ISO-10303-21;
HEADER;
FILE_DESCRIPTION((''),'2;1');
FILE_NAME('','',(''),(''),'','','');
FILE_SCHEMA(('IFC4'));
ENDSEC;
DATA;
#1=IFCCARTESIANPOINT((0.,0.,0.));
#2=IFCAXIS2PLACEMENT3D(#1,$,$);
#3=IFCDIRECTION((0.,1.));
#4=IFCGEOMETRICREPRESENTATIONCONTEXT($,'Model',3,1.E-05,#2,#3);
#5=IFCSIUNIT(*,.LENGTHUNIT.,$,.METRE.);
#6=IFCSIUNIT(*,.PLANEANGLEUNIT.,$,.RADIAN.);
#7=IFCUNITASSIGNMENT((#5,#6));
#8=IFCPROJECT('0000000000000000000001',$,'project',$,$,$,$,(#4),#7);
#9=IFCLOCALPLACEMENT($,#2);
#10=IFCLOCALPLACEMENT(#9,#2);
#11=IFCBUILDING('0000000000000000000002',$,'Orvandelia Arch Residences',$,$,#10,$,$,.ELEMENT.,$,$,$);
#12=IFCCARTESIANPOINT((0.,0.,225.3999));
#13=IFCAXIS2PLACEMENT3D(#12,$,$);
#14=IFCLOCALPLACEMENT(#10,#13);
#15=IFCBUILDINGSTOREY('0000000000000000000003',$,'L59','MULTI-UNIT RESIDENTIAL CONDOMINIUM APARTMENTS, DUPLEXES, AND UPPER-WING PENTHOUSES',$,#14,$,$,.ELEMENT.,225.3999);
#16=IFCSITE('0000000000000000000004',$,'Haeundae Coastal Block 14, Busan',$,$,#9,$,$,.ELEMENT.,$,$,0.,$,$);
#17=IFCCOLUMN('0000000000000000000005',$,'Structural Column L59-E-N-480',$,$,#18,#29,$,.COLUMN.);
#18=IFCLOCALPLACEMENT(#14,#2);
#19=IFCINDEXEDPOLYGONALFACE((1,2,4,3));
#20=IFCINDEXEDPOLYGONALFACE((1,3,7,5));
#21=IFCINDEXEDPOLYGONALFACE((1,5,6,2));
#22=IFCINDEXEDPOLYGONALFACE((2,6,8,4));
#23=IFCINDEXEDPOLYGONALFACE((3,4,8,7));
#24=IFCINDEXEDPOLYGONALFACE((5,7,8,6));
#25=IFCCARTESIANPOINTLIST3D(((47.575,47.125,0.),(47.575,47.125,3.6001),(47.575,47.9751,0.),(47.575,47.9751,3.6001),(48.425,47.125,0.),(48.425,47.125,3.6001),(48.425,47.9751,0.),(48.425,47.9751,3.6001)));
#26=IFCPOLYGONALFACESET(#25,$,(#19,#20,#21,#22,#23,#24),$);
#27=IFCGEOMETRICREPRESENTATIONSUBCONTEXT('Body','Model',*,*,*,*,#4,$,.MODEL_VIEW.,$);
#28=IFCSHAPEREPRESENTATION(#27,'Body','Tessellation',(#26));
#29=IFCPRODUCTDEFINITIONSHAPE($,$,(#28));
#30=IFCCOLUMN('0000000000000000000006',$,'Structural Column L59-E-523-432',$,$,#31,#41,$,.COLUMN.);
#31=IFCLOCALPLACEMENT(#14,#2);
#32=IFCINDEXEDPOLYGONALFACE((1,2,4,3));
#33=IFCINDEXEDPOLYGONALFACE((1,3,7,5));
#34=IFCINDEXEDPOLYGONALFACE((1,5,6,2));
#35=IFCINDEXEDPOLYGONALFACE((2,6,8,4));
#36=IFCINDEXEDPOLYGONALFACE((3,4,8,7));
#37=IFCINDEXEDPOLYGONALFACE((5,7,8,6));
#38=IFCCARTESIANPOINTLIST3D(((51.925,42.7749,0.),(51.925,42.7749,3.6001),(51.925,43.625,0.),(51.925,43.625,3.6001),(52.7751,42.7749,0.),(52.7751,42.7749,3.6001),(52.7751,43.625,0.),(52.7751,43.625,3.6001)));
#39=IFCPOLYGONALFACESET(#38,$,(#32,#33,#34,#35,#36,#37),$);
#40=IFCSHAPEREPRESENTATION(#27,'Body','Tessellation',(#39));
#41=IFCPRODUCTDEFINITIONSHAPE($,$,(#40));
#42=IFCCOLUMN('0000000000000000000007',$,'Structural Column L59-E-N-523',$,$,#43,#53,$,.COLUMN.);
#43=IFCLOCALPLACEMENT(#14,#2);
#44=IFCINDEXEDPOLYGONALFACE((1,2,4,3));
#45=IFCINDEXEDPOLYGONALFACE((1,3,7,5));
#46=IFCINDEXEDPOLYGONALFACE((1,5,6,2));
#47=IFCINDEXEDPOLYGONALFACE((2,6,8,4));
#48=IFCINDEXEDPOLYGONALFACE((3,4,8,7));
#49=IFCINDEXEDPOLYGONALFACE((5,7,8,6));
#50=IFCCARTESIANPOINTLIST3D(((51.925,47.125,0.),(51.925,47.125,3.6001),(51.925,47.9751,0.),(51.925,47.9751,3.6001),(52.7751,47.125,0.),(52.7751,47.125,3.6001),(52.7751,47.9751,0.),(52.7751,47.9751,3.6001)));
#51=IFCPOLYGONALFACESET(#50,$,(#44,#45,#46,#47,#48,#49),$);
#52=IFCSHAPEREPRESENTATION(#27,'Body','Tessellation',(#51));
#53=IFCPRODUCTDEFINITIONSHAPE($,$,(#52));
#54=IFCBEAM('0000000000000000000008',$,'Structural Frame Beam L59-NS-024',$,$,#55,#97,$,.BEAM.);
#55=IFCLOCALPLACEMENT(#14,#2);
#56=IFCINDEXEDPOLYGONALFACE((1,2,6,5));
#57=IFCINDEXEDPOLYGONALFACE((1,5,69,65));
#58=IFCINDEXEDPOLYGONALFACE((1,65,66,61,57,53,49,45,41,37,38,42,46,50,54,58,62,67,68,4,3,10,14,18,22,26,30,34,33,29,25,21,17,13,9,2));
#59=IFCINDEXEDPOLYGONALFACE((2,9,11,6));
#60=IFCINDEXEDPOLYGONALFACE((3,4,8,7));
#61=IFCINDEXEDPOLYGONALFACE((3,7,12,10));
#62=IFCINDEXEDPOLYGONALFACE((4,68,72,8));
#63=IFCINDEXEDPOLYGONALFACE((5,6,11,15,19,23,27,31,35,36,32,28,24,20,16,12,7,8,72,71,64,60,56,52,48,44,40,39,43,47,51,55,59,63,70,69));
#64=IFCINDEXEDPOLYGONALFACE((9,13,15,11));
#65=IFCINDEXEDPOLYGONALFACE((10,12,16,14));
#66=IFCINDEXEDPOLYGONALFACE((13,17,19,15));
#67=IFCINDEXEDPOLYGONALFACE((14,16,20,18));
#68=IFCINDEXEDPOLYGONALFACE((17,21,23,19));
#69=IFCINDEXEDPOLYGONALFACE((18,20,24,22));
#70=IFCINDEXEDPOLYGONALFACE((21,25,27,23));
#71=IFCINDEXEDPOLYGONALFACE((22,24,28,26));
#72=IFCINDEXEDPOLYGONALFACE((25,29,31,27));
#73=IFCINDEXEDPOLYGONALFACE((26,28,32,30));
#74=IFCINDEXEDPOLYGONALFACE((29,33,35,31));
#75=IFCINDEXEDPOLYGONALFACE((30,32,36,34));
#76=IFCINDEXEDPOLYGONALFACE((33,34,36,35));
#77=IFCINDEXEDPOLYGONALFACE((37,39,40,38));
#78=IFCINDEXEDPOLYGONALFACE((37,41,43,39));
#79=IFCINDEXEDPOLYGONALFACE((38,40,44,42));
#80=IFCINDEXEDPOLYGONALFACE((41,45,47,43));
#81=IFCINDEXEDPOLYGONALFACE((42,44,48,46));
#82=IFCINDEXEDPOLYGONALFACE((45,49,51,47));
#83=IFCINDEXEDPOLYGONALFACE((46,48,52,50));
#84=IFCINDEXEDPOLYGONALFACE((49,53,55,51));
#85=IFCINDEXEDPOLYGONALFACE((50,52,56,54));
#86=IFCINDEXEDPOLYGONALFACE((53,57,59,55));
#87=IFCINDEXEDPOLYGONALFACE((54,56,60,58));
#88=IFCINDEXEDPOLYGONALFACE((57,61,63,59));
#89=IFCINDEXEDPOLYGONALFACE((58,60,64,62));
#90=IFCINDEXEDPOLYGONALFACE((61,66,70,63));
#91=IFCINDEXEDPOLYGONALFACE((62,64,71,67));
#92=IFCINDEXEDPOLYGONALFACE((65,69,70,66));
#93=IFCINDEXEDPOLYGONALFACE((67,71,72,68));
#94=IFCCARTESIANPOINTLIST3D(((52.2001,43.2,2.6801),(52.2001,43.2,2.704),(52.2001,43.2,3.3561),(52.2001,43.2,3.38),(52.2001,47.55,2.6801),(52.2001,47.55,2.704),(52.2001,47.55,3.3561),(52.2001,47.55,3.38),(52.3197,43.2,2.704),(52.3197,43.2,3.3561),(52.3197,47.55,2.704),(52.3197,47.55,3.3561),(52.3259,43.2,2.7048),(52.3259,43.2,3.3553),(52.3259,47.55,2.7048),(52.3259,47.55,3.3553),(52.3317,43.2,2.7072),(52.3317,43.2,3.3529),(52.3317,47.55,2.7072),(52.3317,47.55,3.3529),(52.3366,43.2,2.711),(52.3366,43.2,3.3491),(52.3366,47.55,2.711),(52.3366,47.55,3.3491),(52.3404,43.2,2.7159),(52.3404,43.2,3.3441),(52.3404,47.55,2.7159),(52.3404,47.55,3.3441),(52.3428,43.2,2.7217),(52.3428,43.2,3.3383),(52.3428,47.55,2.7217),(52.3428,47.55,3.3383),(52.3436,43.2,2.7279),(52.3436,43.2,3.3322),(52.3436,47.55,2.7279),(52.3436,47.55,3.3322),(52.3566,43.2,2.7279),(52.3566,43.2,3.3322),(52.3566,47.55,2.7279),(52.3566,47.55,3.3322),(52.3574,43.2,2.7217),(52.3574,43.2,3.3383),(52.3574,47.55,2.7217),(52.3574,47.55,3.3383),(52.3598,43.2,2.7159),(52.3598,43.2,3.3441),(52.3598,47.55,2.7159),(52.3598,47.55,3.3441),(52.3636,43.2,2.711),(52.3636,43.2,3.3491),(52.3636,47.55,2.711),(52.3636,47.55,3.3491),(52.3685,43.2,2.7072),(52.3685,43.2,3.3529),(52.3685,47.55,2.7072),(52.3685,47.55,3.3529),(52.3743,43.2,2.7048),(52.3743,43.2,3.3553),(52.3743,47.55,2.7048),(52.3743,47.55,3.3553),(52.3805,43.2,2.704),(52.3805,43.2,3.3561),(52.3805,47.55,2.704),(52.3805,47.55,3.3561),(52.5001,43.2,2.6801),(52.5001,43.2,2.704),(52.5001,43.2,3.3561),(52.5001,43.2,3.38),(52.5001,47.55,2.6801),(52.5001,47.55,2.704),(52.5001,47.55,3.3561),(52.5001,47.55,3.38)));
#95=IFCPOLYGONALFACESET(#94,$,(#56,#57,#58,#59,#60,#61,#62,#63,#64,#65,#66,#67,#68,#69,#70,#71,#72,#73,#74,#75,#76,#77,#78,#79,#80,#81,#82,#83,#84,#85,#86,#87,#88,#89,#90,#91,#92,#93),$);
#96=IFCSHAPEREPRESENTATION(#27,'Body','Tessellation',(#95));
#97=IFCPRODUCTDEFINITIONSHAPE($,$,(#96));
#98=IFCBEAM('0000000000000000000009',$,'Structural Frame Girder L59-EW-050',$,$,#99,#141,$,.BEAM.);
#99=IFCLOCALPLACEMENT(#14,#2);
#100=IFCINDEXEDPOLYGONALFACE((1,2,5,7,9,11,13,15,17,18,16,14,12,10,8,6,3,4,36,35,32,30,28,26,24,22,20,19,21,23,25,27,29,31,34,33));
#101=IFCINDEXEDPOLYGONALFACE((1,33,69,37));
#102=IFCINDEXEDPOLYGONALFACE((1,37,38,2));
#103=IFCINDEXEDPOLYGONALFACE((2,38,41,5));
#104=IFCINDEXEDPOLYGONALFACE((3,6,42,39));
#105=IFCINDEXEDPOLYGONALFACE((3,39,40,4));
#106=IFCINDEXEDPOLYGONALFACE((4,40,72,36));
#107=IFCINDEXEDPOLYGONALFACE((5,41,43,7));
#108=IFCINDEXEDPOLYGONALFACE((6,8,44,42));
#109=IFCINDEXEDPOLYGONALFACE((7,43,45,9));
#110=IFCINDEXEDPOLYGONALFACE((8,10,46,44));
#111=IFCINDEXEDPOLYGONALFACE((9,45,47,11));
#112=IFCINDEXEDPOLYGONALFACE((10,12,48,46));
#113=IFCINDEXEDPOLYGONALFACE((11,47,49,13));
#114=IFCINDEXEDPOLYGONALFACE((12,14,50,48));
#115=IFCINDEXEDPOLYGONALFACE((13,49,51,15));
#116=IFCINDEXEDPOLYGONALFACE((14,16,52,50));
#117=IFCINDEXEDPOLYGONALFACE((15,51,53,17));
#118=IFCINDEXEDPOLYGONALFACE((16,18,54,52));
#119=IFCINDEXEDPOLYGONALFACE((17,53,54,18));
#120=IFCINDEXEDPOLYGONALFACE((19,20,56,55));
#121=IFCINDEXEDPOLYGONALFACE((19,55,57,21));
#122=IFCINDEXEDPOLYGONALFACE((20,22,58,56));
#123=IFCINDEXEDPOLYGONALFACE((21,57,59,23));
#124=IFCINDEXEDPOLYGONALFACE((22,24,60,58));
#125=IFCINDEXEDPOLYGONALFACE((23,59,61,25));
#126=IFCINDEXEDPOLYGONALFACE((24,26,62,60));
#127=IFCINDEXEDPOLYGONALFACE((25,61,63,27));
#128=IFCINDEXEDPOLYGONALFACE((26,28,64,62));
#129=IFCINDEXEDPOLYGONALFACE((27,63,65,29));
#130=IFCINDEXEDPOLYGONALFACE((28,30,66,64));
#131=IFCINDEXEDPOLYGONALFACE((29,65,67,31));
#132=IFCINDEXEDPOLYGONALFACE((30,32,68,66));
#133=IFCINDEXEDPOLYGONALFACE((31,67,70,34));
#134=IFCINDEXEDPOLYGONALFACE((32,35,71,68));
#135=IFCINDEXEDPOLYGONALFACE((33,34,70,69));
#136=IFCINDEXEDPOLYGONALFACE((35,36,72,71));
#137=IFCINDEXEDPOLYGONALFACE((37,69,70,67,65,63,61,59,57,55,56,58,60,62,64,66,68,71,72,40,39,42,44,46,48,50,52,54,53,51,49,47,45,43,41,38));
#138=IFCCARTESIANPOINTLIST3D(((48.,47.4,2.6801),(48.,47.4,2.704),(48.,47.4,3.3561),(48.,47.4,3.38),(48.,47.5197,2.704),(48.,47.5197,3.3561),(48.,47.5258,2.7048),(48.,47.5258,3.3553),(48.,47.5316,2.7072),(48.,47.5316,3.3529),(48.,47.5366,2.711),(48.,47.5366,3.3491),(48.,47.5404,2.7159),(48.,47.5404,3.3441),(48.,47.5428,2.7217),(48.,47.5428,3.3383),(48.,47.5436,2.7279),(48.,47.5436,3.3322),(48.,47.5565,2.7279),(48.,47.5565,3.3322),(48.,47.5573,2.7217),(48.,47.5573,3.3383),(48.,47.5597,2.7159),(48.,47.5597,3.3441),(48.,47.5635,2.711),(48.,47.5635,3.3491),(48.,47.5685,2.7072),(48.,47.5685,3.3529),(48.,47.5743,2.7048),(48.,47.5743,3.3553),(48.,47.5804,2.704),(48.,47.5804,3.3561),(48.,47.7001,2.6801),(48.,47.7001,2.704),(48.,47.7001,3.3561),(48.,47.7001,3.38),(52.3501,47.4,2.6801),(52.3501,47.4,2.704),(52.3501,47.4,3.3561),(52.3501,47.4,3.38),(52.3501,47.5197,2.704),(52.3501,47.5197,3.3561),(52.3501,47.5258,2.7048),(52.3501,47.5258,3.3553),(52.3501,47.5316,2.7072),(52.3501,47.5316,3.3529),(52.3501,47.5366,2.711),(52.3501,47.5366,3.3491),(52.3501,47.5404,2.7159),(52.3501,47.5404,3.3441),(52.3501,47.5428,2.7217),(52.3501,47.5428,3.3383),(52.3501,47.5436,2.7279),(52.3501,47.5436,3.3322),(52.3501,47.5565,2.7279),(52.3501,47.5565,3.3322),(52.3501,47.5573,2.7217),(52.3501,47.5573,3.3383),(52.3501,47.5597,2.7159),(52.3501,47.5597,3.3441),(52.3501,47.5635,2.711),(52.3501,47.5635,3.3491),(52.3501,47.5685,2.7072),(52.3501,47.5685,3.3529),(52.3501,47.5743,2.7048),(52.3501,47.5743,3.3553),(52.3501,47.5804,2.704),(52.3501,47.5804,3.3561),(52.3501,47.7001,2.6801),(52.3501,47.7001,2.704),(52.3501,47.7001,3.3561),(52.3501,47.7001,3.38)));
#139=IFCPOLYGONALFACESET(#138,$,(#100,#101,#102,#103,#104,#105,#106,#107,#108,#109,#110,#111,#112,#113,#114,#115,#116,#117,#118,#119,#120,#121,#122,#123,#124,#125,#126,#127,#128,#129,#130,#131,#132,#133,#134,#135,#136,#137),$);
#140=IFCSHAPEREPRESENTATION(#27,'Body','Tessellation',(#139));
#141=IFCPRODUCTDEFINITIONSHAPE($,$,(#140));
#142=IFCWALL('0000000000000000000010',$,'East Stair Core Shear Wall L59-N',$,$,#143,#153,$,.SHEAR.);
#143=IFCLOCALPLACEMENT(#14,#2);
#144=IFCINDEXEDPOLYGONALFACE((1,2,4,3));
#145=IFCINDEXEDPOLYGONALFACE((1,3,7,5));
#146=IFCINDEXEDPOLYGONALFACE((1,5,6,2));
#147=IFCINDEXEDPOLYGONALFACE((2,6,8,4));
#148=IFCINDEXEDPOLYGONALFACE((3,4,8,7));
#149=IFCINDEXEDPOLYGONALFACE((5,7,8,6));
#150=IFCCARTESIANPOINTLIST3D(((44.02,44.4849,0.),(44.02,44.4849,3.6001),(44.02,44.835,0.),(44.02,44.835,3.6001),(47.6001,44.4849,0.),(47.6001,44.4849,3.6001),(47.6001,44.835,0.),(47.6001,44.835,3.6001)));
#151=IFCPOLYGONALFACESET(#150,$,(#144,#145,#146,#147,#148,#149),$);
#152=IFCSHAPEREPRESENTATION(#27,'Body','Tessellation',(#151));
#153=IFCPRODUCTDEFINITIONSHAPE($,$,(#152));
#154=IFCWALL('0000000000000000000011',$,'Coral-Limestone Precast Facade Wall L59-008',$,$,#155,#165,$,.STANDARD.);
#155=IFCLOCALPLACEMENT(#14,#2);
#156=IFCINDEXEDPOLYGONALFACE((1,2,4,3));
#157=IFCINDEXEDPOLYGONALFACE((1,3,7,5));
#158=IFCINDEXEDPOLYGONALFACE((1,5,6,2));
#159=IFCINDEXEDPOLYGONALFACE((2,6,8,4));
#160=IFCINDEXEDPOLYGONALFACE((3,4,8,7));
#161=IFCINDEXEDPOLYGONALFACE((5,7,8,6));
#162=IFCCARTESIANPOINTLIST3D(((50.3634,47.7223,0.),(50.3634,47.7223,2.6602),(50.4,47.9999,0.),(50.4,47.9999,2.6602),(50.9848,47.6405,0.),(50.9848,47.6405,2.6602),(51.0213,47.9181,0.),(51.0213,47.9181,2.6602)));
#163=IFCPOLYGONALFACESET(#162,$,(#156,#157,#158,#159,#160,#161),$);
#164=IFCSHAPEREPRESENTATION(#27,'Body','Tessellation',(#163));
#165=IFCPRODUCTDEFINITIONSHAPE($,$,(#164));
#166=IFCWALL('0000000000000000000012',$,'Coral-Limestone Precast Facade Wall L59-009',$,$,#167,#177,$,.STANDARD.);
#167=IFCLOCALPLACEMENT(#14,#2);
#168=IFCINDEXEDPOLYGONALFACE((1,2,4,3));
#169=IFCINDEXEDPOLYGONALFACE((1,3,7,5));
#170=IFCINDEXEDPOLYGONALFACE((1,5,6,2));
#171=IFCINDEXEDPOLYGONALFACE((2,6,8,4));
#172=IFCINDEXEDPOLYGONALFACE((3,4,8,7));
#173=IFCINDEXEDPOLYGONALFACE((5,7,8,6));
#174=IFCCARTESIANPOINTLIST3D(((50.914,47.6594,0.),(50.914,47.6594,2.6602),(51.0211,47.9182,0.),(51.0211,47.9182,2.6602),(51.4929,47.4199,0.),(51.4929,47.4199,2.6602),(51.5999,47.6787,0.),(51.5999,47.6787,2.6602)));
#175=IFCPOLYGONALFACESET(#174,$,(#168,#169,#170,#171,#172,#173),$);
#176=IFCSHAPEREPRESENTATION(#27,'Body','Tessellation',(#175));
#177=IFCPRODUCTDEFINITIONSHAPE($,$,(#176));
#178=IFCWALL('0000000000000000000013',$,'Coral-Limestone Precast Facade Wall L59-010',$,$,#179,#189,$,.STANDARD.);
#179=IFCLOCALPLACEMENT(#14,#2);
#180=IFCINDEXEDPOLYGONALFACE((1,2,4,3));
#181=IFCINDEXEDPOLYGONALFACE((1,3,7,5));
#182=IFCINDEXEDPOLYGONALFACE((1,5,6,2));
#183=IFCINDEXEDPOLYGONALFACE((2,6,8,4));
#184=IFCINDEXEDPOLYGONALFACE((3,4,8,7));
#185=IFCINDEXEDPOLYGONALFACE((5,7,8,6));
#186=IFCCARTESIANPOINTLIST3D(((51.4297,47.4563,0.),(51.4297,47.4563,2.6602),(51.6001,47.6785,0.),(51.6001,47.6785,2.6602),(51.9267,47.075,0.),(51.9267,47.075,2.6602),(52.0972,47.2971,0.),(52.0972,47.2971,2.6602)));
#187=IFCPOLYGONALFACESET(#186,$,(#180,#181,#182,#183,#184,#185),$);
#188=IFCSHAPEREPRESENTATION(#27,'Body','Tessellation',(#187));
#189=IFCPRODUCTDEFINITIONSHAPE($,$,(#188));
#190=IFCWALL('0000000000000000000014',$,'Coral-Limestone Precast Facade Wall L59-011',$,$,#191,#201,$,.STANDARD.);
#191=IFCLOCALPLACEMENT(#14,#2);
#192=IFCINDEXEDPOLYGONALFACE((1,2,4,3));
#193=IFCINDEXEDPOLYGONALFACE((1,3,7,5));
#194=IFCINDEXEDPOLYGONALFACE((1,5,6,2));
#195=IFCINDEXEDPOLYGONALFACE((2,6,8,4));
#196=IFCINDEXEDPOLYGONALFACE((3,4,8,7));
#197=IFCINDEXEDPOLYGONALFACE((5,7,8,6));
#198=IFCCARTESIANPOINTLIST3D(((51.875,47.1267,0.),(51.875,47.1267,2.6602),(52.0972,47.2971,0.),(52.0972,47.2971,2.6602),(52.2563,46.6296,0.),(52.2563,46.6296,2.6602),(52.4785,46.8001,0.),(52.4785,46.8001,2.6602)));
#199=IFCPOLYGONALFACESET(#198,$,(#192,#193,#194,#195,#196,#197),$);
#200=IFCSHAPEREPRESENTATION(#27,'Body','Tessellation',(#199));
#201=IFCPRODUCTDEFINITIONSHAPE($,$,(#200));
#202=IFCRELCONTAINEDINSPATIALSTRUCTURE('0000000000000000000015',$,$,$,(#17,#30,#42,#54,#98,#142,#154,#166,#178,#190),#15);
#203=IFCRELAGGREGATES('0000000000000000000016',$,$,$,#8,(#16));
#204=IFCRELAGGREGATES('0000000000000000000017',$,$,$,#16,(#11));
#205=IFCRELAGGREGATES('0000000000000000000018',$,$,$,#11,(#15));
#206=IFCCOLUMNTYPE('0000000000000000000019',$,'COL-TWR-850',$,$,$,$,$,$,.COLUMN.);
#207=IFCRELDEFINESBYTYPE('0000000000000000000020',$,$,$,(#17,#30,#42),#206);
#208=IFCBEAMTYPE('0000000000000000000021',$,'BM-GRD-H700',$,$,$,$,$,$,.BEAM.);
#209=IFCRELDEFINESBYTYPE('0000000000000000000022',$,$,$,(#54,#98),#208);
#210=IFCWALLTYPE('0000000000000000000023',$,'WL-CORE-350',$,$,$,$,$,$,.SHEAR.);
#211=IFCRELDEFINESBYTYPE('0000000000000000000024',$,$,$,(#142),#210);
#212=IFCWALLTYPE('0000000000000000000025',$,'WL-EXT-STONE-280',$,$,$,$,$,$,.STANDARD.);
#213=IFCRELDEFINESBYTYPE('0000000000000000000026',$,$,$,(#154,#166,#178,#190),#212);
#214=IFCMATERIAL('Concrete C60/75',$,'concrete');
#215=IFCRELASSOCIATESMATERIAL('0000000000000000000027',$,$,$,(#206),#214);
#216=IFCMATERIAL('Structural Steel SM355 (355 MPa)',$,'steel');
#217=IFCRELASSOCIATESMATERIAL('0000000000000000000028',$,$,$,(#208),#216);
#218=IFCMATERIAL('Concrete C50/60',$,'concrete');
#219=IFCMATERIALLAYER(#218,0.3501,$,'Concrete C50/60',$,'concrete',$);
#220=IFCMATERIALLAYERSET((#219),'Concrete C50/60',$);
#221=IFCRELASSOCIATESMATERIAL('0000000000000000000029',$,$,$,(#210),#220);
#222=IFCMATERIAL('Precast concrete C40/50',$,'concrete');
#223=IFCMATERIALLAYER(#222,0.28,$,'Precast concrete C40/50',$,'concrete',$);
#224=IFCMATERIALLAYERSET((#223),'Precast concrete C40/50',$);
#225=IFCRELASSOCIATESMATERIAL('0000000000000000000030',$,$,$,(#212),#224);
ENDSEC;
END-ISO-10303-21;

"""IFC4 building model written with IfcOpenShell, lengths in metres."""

from ifc_helpers import new_model, si_unit, direction, frame, frame_2d, origin, origin_2d, place, context, subcontext, project, spatial, rectangle, i_section, extrude, material, layer, layer_set, material_profile, profile_set, type_object, element, save


model = new_model("IFC4")

# Units and contexts
model_context = context("Model", 3, precision=1e-05, world=origin(), true_north=direction((0.0, 1.0)))
body_context = subcontext(model_context, "Body", "Model", "MODEL_VIEW")
ifc_project = project(units=[si_unit("LENGTHUNIT", "METRE"), si_unit("PLANEANGLEUNIT", "RADIAN")], contexts=[model_context])

# Site, building, storey
site_placement = place(None, origin())
site = spatial("IfcSite", under=ifc_project, at=site_placement, Name="Haeundae Coastal Block 14, Busan", CompositionType="ELEMENT", RefElevation=0.0)
building_placement = place(site_placement, origin())
building = spatial("IfcBuilding", under=site, at=building_placement, Name="Orvandelia Arch Residences", CompositionType="ELEMENT")
storey_placement = place(building_placement, frame((0.0, 0.0, 225.3999)))
storey = spatial("IfcBuildingStorey", under=building, at=storey_placement, Name="L59", Description="MULTI-UNIT RESIDENTIAL CONDOMINIUM APARTMENTS, DUPLEXES, AND UPPER-WING PENTHOUSES", CompositionType="ELEMENT", Elevation=225.3999)

# Columns
ifc_material_1 = material(Name="Concrete C60/75", Category="concrete")
ifc_material_profile_1 = material_profile(ifc_material_1, rectangle(XDim=0.8501, YDim=0.8501, at=origin_2d()), Name="Concrete C60/75", Category="concrete")
ifc_profile_set_1 = profile_set([ifc_material_profile_1], Name="Concrete C60/75")
column_type = type_object("IfcColumnType", Name="COL-TWR-850", PredefinedType="COLUMN", material=ifc_profile_set_1)
for number, where, z_axis, x_axis, name in (
    (1, (48.0, 47.55, 0.0), (0.0, 0.0, 1.0), (1.0, 0.0, 0.0), "Structural Column L59-E-N-480"),
    (2, (52.3501, 43.2, 0.0), (0.0, 0.0, 1.0), (1.0, 0.0, 0.0), "Structural Column L59-E-523-432"),
    (3, (52.3501, 47.55, 0.0), (0.0, 0.0, 1.0), (1.0, 0.0, 0.0), "Structural Column L59-E-N-523"),
):
    element("IfcColumn", number, at=place(storey_placement, frame(where, z_axis=z_axis, x_axis=x_axis)), inside=storey, type_object=column_type, Name=name, PredefinedType="COLUMN", context=body_context, shape_type="SweptSolid", body=[
        extrude(rectangle(XDim=0.8501, YDim=0.8501, at=origin_2d()), origin(), (0.0, 0.0, 1.0), 3.6001),
    ])

# Beams
ifc_material_2 = material(Name="Structural Steel SM355 (355 MPa)", Category="steel")
ifc_material_profile_2 = material_profile(ifc_material_2, i_section(OverallWidth=0.3, OverallDepth=0.7, WebThickness=0.0129, FlangeThickness=0.0239, FilletRadius=0.0239, at=origin_2d()), Name="Structural Steel SM355 (355 MPa)", Category="steel")
ifc_profile_set_2 = profile_set([ifc_material_profile_2], Name="Structural Steel SM355 (355 MPa)")
beam_type = type_object("IfcBeamType", Name="BM-GRD-H700", PredefinedType="BEAM", material=ifc_profile_set_2)
for number, where, z_axis, x_axis, name in (
    (4, (52.3501, 43.2, 3.03), (0.0, 1.0, 0.0), (-1.0, 0.0, 0.0), "Structural Frame Beam L59-NS-024"),
    (5, (48.0, 47.55, 3.03), (1.0, 0.0, 0.0), (0.0, 1.0, 0.0), "Structural Frame Girder L59-EW-050"),
):
    element("IfcBeam", number, at=place(storey_placement, frame(where, z_axis=z_axis, x_axis=x_axis)), inside=storey, type_object=beam_type, Name=name, PredefinedType="BEAM", context=body_context, shape_type="SweptSolid", body=[
        extrude(i_section(OverallWidth=0.3, OverallDepth=0.7, WebThickness=0.0129, FlangeThickness=0.0239, FilletRadius=0.0239, at=origin_2d()), origin(), (0.0, 0.0, 1.0), 4.3501),
    ])

# Walls
ifc_material_3 = material(Name="Concrete C50/60", Category="concrete")
ifc_layer_1 = layer(ifc_material_3, 0.3501, Name="Concrete C50/60", Category="concrete")
ifc_layer_set_1 = layer_set([ifc_layer_1], Name="Concrete C50/60")
wall_type_1 = type_object("IfcWallType", Name="WL-CORE-350", PredefinedType="SHEAR", material=ifc_layer_set_1)
wall_1_placement = place(storey_placement, frame((44.02, 44.6599, 0.0), z_axis=(0.0, 0.0, 1.0), x_axis=(1.0, 0.0, 0.0)))
element("IfcWall", 6, at=wall_1_placement, inside=storey, type_object=wall_type_1, Name="East Stair Core Shear Wall L59-N", PredefinedType="SHEAR", context=body_context, shape_type="SweptSolid", body=[
    extrude(rectangle(XDim=3.5801, YDim=0.3501, at=frame_2d((1.79, 0.0))), origin(), (0.0, 0.0, 1.0), 3.6001),
])
ifc_material_4 = material(Name="Precast concrete C40/50", Category="concrete")
ifc_layer_2 = layer(ifc_material_4, 0.28, Name="Precast concrete C40/50", Category="concrete")
ifc_layer_set_2 = layer_set([ifc_layer_2], Name="Precast concrete C40/50")
wall_type_2 = type_object("IfcWallType", Name="WL-EXT-STONE-280", PredefinedType="STANDARD", material=ifc_layer_set_2)
wall_2_placement = place(storey_placement, frame((50.3816, 47.8611, 0.0), z_axis=(0.0, 0.0, 1.0), x_axis=(0.991448, -0.130505, 0.0)))
element("IfcWall", 7, at=wall_2_placement, inside=storey, type_object=wall_type_2, Name="Coral-Limestone Precast Facade Wall L59-008", PredefinedType="STANDARD", context=body_context, shape_type="SweptSolid", body=[
    extrude(rectangle(XDim=0.6267, YDim=0.28, at=frame_2d((0.3135, 0.0))), origin(), (0.0, 0.0, 1.0), 2.6602),
])
for number, where, z_axis, x_axis, name in (
    (8, (50.9675, 47.7888, 0.0), (0.0, 0.0, 1.0), (0.924031, -0.382317, 0.0), "Coral-Limestone Precast Facade Wall L59-009"),
    (9, (51.5149, 47.5674, 0.0), (0.0, 0.0, 1.0), (0.793406, -0.608693, 0.0), "Coral-Limestone Precast Facade Wall L59-010"),
    (10, (51.9861, 47.2119, 0.0), (0.0, 0.0, 1.0), (0.608693, -0.793406, 0.0), "Coral-Limestone Precast Facade Wall L59-011"),
):
    element("IfcWall", number, at=place(storey_placement, frame(where, z_axis=z_axis, x_axis=x_axis)), inside=storey, type_object=wall_type_2, Name=name, PredefinedType="STANDARD", context=body_context, shape_type="SweptSolid", body=[
        extrude(rectangle(XDim=0.6265, YDim=0.28, at=frame_2d((0.3132, 0.0))), origin(), (0.0, 0.0, 1.0), 2.6602),
    ])

save(model, "model.ifc")
